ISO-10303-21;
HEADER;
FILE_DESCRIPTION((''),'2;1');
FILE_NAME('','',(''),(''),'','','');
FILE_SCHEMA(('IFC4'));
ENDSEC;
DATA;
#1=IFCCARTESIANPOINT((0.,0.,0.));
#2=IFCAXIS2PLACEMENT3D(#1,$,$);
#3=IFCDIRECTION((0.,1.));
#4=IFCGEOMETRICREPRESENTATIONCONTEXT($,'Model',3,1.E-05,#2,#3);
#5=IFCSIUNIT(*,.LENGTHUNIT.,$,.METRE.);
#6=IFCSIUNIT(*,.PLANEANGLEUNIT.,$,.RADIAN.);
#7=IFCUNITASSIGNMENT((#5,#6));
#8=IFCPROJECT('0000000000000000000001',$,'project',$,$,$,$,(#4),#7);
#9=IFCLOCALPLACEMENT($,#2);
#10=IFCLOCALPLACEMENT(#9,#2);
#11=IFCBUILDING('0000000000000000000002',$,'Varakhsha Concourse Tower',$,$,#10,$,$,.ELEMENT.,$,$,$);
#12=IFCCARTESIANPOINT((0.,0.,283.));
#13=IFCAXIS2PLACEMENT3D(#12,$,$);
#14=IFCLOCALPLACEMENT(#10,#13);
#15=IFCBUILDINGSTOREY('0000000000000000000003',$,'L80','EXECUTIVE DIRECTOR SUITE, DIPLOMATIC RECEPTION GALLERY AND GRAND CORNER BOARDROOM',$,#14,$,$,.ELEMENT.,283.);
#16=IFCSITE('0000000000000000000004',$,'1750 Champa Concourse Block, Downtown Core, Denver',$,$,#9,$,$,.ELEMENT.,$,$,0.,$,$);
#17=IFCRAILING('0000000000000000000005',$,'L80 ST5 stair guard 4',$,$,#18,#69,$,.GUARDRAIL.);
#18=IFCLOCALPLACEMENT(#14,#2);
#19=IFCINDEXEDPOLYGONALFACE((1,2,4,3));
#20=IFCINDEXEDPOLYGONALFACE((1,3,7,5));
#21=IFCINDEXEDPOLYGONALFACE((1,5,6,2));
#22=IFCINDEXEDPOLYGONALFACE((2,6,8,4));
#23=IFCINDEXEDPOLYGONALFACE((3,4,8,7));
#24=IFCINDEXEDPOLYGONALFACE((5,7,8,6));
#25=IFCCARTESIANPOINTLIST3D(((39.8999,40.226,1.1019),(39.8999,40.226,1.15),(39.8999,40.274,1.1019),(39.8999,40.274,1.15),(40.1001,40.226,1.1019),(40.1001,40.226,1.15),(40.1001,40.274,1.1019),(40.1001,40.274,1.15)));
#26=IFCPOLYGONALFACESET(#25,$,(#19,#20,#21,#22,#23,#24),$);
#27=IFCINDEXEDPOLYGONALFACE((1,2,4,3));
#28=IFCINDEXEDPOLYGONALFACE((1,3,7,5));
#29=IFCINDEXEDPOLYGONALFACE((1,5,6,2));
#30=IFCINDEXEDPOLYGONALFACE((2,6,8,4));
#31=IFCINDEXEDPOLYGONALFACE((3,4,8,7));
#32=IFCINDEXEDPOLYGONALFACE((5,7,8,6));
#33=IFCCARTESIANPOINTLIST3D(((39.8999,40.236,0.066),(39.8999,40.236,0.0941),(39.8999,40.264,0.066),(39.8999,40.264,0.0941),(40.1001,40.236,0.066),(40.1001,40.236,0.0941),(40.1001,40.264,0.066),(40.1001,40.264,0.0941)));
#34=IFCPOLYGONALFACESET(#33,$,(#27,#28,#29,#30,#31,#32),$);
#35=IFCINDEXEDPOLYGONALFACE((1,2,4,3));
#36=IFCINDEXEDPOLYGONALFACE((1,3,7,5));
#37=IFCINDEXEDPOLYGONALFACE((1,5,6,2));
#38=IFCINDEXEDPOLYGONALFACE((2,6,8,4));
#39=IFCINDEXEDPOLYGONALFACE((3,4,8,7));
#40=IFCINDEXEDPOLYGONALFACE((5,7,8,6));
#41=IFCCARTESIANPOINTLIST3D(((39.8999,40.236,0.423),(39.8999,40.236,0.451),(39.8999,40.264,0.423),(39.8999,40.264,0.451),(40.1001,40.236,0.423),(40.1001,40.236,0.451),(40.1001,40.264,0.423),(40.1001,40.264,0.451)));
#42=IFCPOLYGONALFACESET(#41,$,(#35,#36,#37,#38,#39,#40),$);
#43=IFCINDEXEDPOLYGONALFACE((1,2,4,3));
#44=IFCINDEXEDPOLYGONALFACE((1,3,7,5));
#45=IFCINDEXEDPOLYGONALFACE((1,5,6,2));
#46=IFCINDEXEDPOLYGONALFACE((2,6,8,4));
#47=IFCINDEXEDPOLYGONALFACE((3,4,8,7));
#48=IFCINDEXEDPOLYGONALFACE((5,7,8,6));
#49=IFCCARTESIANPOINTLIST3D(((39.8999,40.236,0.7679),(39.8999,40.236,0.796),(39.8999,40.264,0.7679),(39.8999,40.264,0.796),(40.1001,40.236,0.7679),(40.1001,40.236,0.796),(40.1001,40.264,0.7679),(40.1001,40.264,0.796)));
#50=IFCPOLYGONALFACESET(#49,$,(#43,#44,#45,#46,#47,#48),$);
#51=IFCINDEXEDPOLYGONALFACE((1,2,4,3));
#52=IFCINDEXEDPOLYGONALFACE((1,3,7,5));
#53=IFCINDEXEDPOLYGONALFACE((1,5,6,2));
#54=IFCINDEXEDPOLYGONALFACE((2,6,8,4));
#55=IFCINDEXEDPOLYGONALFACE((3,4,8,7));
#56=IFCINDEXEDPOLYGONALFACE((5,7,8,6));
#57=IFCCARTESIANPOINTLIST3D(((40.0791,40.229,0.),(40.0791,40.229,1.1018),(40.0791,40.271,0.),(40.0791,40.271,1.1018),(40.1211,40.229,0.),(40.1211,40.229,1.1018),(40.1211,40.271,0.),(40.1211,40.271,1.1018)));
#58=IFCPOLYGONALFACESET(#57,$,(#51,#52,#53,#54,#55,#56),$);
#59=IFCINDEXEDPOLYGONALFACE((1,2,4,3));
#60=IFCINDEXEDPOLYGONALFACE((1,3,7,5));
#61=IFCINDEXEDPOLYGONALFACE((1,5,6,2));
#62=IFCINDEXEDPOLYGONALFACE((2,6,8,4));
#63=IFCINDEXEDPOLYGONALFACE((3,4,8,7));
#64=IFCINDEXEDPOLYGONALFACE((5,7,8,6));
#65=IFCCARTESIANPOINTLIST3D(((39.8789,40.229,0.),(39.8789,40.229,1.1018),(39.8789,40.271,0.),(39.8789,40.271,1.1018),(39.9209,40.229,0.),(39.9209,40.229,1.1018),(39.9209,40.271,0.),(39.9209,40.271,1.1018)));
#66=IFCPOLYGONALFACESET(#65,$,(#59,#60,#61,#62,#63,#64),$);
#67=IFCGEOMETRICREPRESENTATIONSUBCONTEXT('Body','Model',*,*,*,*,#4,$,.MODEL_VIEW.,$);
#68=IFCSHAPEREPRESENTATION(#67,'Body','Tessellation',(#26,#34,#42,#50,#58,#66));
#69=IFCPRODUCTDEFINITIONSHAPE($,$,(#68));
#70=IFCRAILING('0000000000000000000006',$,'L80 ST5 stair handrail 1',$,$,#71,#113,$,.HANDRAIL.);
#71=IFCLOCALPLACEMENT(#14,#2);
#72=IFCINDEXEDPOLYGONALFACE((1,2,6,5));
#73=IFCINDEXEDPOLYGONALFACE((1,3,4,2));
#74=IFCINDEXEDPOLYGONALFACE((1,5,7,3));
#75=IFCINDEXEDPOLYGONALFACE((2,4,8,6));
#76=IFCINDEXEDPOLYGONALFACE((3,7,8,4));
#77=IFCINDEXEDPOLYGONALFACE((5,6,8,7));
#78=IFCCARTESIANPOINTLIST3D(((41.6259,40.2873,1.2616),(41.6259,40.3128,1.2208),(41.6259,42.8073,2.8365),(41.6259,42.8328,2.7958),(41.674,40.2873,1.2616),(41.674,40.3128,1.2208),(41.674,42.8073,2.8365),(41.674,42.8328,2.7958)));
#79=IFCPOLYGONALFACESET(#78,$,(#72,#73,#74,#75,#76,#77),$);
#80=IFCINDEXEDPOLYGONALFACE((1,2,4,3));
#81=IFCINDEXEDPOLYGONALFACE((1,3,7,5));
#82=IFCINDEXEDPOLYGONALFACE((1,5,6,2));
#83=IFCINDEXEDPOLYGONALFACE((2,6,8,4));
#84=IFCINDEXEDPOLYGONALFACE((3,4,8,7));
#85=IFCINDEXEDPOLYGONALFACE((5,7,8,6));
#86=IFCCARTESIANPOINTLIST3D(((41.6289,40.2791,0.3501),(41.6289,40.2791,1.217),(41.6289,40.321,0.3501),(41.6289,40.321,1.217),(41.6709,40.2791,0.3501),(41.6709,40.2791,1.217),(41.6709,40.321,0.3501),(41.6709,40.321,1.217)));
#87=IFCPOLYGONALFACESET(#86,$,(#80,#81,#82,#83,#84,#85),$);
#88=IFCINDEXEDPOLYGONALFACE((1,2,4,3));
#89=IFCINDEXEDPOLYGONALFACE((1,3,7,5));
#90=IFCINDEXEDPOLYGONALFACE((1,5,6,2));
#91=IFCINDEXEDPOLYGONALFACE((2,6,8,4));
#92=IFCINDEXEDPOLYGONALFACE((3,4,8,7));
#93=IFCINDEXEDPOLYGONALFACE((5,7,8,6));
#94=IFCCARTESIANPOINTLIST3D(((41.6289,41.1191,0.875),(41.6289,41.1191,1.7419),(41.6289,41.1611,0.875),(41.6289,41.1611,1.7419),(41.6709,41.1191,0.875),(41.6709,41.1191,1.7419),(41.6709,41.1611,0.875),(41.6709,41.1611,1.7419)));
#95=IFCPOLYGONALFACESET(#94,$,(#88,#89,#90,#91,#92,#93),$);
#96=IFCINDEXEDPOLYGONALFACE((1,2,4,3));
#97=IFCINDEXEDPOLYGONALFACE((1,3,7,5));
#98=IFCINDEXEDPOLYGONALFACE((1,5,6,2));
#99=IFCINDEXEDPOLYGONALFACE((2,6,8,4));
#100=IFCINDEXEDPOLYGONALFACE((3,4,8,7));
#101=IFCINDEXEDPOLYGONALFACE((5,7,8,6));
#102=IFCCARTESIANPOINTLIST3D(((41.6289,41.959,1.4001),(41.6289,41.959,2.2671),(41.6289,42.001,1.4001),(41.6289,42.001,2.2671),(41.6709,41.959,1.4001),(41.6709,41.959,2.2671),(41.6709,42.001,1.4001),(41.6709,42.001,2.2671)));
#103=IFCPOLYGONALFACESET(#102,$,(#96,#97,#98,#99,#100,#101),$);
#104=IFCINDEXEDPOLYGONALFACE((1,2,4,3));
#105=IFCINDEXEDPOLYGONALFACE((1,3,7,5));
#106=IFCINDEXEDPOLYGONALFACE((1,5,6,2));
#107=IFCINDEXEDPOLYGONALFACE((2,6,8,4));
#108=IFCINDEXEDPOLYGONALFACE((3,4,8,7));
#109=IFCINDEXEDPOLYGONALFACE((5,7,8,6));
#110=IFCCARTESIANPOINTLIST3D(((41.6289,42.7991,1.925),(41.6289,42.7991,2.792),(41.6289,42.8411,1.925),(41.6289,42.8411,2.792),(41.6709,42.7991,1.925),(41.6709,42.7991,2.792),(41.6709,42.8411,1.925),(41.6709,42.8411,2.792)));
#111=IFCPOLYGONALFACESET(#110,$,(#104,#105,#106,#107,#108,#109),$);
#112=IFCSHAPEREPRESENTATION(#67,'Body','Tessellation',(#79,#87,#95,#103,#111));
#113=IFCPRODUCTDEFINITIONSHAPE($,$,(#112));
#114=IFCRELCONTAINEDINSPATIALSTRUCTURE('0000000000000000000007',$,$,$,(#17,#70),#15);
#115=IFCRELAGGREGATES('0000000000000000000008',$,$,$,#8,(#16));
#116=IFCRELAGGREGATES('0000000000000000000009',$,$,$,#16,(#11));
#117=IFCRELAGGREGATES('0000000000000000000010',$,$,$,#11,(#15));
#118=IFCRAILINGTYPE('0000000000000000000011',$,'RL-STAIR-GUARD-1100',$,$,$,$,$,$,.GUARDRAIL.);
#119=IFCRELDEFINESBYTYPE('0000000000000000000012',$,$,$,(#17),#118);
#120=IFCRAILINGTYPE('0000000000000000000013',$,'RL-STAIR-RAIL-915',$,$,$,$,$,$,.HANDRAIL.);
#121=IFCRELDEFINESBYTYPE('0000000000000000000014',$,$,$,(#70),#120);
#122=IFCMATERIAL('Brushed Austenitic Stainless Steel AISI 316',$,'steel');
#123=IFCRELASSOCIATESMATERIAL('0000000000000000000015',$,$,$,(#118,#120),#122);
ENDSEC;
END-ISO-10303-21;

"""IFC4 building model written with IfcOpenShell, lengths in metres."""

from ifc_helpers import new_model, si_unit, direction, frame, origin, origin_2d, place, context, subcontext, project, spatial, rectangle, extrude, material, type_object, element, save


model = new_model("IFC4")

# Units and contexts
model_context = context("Model", 3, precision=1e-05, world=origin(), true_north=direction((0.0, 1.0)))
body_context = subcontext(model_context, "Body", "Model", "MODEL_VIEW")
ifc_project = project(units=[si_unit("LENGTHUNIT", "METRE"), si_unit("PLANEANGLEUNIT", "RADIAN")], contexts=[model_context])

# Site, building, storey
site_placement = place(None, origin())
site = spatial("IfcSite", under=ifc_project, at=site_placement, Name="1750 Champa Concourse Block, Downtown Core, Denver", CompositionType="ELEMENT", RefElevation=0.0)
building_placement = place(site_placement, origin())
building = spatial("IfcBuilding", under=site, at=building_placement, Name="Varakhsha Concourse Tower", CompositionType="ELEMENT")
storey_placement = place(building_placement, frame((0.0, 0.0, 283.0)))
storey = spatial("IfcBuildingStorey", under=building, at=storey_placement, Name="L80", Description="EXECUTIVE DIRECTOR SUITE, DIPLOMATIC RECEPTION GALLERY AND GRAND CORNER BOARDROOM", CompositionType="ELEMENT", Elevation=283.0)

# Railings
ifc_material_1 = material(Name="Brushed Austenitic Stainless Steel AISI 316", Category="steel")
railing_type_1 = type_object("IfcRailingType", Name="RL-STAIR-GUARD-1100", PredefinedType="GUARDRAIL", material=ifc_material_1)
railing_1_placement = place(storey_placement, frame((40.1001, 40.25, 0.0)))
element("IfcRailing", 1, at=railing_1_placement, inside=storey, type_object=railing_type_1, Name="L80 ST5 stair guard 4", PredefinedType="GUARDRAIL", context=body_context, shape_type="SweptSolid", body=[
    extrude(rectangle(XDim=0.0481, YDim=0.0481, at=origin_2d()), frame((0.0, 0.0, 1.126), z_axis=(-1.0, 0.0, 0.0), x_axis=(0.0, -1.0, 0.0)), (0.0, 0.0, 1.0), 0.2002),
    extrude(rectangle(XDim=0.0281, YDim=0.0281, at=origin_2d()), frame((0.0, 0.0, 0.0801), z_axis=(-1.0, 0.0, 0.0), x_axis=(0.0, -1.0, 0.0)), (0.0, 0.0, 1.0), 0.2002),
    extrude(rectangle(XDim=0.0281, YDim=0.0281, at=origin_2d()), frame((0.0, 0.0, 0.437), z_axis=(-1.0, 0.0, 0.0), x_axis=(0.0, -1.0, 0.0)), (0.0, 0.0, 1.0), 0.2002),
    extrude(rectangle(XDim=0.0281, YDim=0.0281, at=origin_2d()), frame((0.0, 0.0, 0.782), z_axis=(-1.0, 0.0, 0.0), x_axis=(0.0, -1.0, 0.0)), (0.0, 0.0, 1.0), 0.2002),
    extrude(rectangle(XDim=0.042, YDim=0.042, at=origin_2d()), origin(), (0.0, 0.0, 1.0), 1.1018),
    extrude(rectangle(XDim=0.042, YDim=0.042, at=origin_2d()), frame((-0.2002, 0.0, 0.0)), (0.0, 0.0, 1.0), 1.1018),
])
railing_type_2 = type_object("IfcRailingType", Name="RL-STAIR-RAIL-915", PredefinedType="HANDRAIL", material=ifc_material_1)
railing_2_placement = place(storey_placement, frame((41.6499, 40.3, 0.3501)))
element("IfcRailing", 2, at=railing_2_placement, inside=storey, type_object=railing_type_2, Name="L80 ST5 stair handrail 1", PredefinedType="HANDRAIL", context=body_context, shape_type="SweptSolid", body=[
    extrude(rectangle(XDim=0.0481, YDim=0.0481, at=origin_2d()), frame((0.0, 0.0, 0.8911), z_axis=(0.0, 0.848008, 0.529984), x_axis=(-1.0, 0.0, 0.0)), (0.0, 0.0, 1.0), 2.9717),
    extrude(rectangle(XDim=0.042, YDim=0.042, at=origin_2d()), origin(), (0.0, 0.0, 1.0), 0.8669),
    extrude(rectangle(XDim=0.042, YDim=0.042, at=origin_2d()), frame((0.0, 0.8401, 0.5249)), (0.0, 0.0, 1.0), 0.8669),
    extrude(rectangle(XDim=0.042, YDim=0.042, at=origin_2d()), frame((0.0, 1.6799, 1.05)), (0.0, 0.0, 1.0), 0.8669),
    extrude(rectangle(XDim=0.042, YDim=0.042, at=origin_2d()), frame((0.0, 2.52, 1.575)), (0.0, 0.0, 1.0), 0.8669),
])

save(model, "model.ifc")
